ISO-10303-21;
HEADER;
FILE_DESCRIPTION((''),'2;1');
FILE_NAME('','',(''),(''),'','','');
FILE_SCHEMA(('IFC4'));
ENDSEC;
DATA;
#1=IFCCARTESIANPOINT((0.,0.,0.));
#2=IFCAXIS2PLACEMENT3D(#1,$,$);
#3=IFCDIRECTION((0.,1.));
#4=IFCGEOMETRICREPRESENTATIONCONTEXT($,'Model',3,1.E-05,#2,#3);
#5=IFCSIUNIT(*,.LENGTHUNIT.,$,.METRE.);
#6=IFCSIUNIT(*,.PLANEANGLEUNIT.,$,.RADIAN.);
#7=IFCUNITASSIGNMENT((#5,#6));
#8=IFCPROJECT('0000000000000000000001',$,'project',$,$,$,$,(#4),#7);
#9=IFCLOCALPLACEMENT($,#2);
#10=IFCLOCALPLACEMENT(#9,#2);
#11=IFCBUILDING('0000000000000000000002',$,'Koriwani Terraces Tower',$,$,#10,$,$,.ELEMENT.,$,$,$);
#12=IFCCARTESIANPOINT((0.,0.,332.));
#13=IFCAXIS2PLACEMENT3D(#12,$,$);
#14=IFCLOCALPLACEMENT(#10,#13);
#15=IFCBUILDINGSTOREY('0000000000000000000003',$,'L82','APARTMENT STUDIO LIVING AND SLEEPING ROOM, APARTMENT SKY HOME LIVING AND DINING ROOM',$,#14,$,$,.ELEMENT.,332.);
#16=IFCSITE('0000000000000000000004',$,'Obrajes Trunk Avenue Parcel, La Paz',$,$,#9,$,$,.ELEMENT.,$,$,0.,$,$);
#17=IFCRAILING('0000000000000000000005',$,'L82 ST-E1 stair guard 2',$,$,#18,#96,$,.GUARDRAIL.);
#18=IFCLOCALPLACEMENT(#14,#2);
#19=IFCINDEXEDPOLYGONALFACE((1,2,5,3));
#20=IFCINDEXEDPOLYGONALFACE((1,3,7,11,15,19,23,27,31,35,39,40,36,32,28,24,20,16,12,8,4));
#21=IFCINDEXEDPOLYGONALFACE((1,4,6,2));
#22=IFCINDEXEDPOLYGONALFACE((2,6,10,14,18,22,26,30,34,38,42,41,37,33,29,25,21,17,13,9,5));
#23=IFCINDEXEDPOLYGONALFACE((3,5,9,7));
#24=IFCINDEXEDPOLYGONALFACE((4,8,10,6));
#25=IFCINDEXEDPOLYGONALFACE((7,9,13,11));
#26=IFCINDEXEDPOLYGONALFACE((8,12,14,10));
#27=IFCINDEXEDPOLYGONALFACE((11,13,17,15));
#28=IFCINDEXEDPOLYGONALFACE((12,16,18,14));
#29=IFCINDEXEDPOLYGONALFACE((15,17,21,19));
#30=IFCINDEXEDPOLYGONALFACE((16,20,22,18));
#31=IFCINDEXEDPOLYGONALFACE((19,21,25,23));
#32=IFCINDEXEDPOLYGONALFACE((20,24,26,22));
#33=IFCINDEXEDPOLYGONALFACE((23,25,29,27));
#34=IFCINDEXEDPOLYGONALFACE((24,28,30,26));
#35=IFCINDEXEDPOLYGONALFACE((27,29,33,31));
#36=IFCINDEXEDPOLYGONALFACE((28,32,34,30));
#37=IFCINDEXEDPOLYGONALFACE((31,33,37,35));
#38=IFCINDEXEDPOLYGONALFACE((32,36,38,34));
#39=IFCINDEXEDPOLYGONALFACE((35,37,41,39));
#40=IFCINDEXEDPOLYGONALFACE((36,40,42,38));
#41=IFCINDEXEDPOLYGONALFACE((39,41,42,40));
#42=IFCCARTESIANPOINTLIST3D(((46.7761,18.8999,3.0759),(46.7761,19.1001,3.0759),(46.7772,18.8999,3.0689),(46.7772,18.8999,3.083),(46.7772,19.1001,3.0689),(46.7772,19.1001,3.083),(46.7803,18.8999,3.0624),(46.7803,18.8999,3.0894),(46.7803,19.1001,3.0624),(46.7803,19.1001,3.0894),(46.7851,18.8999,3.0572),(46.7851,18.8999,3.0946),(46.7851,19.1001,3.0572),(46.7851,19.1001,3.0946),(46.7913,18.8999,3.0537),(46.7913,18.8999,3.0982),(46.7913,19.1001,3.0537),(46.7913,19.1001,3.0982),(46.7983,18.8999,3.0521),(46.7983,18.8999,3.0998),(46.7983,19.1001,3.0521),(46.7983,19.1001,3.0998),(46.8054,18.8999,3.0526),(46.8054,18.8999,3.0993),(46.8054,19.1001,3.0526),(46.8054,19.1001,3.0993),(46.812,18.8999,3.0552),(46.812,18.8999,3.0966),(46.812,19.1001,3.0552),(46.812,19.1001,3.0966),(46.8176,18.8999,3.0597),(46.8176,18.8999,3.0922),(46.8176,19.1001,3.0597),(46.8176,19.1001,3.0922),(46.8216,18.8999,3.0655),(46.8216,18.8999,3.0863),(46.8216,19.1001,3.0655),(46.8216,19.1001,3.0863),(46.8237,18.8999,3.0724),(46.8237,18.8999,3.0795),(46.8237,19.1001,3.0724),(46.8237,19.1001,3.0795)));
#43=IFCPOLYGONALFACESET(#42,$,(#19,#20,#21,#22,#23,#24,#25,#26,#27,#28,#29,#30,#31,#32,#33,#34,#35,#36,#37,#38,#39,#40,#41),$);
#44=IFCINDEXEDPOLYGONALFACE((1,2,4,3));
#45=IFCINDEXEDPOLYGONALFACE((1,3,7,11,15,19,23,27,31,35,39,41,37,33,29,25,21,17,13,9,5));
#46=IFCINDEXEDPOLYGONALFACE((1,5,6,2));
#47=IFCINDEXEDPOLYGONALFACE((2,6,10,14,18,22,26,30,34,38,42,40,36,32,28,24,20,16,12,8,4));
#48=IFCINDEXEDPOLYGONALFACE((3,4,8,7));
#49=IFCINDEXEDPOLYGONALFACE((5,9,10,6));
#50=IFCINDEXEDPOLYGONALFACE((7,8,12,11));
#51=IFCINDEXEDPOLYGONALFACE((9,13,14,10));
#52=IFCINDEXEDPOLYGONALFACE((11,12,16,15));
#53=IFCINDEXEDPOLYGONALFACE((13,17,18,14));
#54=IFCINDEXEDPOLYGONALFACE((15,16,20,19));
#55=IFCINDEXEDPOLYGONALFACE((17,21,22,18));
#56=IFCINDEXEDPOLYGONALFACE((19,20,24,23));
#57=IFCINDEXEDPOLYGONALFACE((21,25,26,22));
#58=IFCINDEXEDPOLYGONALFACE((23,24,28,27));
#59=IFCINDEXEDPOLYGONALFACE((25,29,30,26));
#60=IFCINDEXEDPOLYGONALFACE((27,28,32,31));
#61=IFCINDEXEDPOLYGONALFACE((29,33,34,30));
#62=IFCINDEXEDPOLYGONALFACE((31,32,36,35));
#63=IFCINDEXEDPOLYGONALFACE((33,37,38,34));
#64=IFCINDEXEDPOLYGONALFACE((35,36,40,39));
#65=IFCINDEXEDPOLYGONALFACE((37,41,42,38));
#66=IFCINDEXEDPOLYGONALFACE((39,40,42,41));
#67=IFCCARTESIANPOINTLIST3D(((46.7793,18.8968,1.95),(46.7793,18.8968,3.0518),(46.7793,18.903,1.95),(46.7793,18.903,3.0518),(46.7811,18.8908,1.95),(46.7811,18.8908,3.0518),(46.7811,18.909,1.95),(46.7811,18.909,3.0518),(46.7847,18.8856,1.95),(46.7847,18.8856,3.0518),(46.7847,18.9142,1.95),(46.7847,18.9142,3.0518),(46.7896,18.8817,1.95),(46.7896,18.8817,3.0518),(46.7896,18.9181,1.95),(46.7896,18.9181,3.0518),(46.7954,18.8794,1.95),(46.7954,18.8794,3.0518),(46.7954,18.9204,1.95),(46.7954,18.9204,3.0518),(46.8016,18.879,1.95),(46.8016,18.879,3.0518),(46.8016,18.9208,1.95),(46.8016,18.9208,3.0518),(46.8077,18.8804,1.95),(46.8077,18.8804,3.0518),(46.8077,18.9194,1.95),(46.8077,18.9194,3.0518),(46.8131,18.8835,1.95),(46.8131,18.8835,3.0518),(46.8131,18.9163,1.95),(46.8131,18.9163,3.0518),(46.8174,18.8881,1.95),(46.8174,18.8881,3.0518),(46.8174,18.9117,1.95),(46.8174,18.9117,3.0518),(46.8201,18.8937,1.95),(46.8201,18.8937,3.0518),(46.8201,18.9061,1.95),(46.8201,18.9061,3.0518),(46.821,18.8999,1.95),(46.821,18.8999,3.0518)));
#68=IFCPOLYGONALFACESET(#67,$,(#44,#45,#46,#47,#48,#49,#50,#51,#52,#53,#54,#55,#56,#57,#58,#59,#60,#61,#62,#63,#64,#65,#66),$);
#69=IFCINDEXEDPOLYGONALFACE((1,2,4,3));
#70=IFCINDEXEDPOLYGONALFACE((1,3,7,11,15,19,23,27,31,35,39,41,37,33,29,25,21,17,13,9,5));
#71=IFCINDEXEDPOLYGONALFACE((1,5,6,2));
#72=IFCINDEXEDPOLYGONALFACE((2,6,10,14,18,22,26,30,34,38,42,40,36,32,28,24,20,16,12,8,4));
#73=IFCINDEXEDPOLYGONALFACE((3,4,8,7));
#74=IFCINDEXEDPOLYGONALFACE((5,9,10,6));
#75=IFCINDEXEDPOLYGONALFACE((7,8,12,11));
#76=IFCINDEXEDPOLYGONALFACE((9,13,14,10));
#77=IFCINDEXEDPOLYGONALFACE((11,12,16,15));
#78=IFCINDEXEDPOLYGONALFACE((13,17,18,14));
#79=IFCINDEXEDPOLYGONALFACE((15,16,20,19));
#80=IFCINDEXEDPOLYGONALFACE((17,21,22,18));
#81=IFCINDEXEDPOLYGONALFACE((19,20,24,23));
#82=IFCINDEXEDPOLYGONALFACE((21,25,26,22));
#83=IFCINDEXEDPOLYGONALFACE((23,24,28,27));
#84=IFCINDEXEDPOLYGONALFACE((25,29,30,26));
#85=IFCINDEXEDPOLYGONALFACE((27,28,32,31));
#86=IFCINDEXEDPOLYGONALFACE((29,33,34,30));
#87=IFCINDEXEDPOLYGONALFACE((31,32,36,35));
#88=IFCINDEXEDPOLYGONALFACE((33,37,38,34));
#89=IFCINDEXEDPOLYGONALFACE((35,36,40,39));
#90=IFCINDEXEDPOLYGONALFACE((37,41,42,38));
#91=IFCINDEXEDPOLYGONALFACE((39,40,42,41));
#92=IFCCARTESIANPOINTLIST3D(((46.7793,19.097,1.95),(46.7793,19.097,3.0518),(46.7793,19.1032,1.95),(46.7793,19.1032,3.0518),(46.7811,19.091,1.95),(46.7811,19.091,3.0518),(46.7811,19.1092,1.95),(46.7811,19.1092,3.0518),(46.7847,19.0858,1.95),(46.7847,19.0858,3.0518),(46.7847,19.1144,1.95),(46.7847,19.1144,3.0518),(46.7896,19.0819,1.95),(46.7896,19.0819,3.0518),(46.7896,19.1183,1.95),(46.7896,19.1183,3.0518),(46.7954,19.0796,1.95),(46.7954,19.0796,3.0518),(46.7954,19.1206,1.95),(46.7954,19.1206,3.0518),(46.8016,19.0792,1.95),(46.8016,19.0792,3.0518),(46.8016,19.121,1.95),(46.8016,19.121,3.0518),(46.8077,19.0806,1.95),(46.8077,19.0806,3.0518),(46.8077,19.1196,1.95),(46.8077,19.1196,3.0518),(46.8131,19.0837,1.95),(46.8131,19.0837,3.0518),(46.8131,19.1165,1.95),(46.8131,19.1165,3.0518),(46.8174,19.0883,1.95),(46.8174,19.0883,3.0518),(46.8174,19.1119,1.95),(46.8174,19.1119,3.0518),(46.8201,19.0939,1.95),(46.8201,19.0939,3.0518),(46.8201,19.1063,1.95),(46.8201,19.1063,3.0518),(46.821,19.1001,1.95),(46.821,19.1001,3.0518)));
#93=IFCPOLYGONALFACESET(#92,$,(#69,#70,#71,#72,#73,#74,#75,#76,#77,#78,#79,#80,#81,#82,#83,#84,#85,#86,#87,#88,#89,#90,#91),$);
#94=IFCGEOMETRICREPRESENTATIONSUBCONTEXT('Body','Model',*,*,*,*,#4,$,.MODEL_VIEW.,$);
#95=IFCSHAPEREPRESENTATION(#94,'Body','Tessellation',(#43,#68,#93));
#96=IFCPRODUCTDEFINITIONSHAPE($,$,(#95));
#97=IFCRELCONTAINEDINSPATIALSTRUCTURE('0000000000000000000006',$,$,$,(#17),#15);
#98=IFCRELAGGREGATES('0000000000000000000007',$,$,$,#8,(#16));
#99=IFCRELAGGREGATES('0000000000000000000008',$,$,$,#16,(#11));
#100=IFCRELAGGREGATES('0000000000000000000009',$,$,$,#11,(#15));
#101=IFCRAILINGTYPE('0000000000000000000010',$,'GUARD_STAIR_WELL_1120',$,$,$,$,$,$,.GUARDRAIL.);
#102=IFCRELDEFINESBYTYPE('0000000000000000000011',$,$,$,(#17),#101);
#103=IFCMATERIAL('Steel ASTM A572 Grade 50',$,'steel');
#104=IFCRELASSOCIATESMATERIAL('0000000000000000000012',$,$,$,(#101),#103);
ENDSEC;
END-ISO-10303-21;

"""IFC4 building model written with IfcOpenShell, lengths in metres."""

from ifc_helpers import new_model, si_unit, direction, frame, origin, origin_2d, place, context, subcontext, project, spatial, circle, extrude, material, type_object, element, save


model = new_model("IFC4")

# Units and contexts
model_context = context("Model", 3, precision=1e-05, world=origin(), true_north=direction((0.0, 1.0)))
body_context = subcontext(model_context, "Body", "Model", "MODEL_VIEW")
ifc_project = project(units=[si_unit("LENGTHUNIT", "METRE"), si_unit("PLANEANGLEUNIT", "RADIAN")], contexts=[model_context])

# Site, building, storey
site_placement = place(None, origin())
site = spatial("IfcSite", under=ifc_project, at=site_placement, Name="Obrajes Trunk Avenue Parcel, La Paz", CompositionType="ELEMENT", RefElevation=0.0)
building_placement = place(site_placement, origin())
building = spatial("IfcBuilding", under=site, at=building_placement, Name="Koriwani Terraces Tower", CompositionType="ELEMENT")
storey_placement = place(building_placement, frame((0.0, 0.0, 332.0)))
storey = spatial("IfcBuildingStorey", under=building, at=storey_placement, Name="L82", Description="APARTMENT STUDIO LIVING AND SLEEPING ROOM, APARTMENT SKY HOME LIVING AND DINING ROOM", CompositionType="ELEMENT", Elevation=332.0)

# Shared definitions
ifc_material_1 = material(Name="Steel ASTM A572 Grade 50", Category="steel")

# Railing
railing_type_1 = type_object("IfcRailingType", Name="GUARD_STAIR_WELL_1120", PredefinedType="GUARDRAIL", material=ifc_material_1)
railing_1_placement = place(storey_placement, frame((46.8, 18.8999, 1.95)))
element("IfcRailing", 1, at=railing_1_placement, inside=storey, type_object=railing_type_1, Name="L82 ST-E1 stair guard 2", PredefinedType="GUARDRAIL", context=body_context, shape_type="SweptSolid", body=[
    extrude(circle(Radius=0.0239, at=origin_2d()), frame((0.0, 0.0, 1.126), z_axis=(0.0, 1.0, 0.0), x_axis=(-1.0, 0.0, 0.0)), (0.0, 0.0, 1.0), 0.2002),
    extrude(circle(Radius=0.021, at=origin_2d()), origin(), (0.0, 0.0, 1.0), 1.1018),
    extrude(circle(Radius=0.021, at=origin_2d()), frame((0.0, 0.2002, 0.0)), (0.0, 0.0, 1.0), 1.1018),
])

save(model, "model.ifc")
